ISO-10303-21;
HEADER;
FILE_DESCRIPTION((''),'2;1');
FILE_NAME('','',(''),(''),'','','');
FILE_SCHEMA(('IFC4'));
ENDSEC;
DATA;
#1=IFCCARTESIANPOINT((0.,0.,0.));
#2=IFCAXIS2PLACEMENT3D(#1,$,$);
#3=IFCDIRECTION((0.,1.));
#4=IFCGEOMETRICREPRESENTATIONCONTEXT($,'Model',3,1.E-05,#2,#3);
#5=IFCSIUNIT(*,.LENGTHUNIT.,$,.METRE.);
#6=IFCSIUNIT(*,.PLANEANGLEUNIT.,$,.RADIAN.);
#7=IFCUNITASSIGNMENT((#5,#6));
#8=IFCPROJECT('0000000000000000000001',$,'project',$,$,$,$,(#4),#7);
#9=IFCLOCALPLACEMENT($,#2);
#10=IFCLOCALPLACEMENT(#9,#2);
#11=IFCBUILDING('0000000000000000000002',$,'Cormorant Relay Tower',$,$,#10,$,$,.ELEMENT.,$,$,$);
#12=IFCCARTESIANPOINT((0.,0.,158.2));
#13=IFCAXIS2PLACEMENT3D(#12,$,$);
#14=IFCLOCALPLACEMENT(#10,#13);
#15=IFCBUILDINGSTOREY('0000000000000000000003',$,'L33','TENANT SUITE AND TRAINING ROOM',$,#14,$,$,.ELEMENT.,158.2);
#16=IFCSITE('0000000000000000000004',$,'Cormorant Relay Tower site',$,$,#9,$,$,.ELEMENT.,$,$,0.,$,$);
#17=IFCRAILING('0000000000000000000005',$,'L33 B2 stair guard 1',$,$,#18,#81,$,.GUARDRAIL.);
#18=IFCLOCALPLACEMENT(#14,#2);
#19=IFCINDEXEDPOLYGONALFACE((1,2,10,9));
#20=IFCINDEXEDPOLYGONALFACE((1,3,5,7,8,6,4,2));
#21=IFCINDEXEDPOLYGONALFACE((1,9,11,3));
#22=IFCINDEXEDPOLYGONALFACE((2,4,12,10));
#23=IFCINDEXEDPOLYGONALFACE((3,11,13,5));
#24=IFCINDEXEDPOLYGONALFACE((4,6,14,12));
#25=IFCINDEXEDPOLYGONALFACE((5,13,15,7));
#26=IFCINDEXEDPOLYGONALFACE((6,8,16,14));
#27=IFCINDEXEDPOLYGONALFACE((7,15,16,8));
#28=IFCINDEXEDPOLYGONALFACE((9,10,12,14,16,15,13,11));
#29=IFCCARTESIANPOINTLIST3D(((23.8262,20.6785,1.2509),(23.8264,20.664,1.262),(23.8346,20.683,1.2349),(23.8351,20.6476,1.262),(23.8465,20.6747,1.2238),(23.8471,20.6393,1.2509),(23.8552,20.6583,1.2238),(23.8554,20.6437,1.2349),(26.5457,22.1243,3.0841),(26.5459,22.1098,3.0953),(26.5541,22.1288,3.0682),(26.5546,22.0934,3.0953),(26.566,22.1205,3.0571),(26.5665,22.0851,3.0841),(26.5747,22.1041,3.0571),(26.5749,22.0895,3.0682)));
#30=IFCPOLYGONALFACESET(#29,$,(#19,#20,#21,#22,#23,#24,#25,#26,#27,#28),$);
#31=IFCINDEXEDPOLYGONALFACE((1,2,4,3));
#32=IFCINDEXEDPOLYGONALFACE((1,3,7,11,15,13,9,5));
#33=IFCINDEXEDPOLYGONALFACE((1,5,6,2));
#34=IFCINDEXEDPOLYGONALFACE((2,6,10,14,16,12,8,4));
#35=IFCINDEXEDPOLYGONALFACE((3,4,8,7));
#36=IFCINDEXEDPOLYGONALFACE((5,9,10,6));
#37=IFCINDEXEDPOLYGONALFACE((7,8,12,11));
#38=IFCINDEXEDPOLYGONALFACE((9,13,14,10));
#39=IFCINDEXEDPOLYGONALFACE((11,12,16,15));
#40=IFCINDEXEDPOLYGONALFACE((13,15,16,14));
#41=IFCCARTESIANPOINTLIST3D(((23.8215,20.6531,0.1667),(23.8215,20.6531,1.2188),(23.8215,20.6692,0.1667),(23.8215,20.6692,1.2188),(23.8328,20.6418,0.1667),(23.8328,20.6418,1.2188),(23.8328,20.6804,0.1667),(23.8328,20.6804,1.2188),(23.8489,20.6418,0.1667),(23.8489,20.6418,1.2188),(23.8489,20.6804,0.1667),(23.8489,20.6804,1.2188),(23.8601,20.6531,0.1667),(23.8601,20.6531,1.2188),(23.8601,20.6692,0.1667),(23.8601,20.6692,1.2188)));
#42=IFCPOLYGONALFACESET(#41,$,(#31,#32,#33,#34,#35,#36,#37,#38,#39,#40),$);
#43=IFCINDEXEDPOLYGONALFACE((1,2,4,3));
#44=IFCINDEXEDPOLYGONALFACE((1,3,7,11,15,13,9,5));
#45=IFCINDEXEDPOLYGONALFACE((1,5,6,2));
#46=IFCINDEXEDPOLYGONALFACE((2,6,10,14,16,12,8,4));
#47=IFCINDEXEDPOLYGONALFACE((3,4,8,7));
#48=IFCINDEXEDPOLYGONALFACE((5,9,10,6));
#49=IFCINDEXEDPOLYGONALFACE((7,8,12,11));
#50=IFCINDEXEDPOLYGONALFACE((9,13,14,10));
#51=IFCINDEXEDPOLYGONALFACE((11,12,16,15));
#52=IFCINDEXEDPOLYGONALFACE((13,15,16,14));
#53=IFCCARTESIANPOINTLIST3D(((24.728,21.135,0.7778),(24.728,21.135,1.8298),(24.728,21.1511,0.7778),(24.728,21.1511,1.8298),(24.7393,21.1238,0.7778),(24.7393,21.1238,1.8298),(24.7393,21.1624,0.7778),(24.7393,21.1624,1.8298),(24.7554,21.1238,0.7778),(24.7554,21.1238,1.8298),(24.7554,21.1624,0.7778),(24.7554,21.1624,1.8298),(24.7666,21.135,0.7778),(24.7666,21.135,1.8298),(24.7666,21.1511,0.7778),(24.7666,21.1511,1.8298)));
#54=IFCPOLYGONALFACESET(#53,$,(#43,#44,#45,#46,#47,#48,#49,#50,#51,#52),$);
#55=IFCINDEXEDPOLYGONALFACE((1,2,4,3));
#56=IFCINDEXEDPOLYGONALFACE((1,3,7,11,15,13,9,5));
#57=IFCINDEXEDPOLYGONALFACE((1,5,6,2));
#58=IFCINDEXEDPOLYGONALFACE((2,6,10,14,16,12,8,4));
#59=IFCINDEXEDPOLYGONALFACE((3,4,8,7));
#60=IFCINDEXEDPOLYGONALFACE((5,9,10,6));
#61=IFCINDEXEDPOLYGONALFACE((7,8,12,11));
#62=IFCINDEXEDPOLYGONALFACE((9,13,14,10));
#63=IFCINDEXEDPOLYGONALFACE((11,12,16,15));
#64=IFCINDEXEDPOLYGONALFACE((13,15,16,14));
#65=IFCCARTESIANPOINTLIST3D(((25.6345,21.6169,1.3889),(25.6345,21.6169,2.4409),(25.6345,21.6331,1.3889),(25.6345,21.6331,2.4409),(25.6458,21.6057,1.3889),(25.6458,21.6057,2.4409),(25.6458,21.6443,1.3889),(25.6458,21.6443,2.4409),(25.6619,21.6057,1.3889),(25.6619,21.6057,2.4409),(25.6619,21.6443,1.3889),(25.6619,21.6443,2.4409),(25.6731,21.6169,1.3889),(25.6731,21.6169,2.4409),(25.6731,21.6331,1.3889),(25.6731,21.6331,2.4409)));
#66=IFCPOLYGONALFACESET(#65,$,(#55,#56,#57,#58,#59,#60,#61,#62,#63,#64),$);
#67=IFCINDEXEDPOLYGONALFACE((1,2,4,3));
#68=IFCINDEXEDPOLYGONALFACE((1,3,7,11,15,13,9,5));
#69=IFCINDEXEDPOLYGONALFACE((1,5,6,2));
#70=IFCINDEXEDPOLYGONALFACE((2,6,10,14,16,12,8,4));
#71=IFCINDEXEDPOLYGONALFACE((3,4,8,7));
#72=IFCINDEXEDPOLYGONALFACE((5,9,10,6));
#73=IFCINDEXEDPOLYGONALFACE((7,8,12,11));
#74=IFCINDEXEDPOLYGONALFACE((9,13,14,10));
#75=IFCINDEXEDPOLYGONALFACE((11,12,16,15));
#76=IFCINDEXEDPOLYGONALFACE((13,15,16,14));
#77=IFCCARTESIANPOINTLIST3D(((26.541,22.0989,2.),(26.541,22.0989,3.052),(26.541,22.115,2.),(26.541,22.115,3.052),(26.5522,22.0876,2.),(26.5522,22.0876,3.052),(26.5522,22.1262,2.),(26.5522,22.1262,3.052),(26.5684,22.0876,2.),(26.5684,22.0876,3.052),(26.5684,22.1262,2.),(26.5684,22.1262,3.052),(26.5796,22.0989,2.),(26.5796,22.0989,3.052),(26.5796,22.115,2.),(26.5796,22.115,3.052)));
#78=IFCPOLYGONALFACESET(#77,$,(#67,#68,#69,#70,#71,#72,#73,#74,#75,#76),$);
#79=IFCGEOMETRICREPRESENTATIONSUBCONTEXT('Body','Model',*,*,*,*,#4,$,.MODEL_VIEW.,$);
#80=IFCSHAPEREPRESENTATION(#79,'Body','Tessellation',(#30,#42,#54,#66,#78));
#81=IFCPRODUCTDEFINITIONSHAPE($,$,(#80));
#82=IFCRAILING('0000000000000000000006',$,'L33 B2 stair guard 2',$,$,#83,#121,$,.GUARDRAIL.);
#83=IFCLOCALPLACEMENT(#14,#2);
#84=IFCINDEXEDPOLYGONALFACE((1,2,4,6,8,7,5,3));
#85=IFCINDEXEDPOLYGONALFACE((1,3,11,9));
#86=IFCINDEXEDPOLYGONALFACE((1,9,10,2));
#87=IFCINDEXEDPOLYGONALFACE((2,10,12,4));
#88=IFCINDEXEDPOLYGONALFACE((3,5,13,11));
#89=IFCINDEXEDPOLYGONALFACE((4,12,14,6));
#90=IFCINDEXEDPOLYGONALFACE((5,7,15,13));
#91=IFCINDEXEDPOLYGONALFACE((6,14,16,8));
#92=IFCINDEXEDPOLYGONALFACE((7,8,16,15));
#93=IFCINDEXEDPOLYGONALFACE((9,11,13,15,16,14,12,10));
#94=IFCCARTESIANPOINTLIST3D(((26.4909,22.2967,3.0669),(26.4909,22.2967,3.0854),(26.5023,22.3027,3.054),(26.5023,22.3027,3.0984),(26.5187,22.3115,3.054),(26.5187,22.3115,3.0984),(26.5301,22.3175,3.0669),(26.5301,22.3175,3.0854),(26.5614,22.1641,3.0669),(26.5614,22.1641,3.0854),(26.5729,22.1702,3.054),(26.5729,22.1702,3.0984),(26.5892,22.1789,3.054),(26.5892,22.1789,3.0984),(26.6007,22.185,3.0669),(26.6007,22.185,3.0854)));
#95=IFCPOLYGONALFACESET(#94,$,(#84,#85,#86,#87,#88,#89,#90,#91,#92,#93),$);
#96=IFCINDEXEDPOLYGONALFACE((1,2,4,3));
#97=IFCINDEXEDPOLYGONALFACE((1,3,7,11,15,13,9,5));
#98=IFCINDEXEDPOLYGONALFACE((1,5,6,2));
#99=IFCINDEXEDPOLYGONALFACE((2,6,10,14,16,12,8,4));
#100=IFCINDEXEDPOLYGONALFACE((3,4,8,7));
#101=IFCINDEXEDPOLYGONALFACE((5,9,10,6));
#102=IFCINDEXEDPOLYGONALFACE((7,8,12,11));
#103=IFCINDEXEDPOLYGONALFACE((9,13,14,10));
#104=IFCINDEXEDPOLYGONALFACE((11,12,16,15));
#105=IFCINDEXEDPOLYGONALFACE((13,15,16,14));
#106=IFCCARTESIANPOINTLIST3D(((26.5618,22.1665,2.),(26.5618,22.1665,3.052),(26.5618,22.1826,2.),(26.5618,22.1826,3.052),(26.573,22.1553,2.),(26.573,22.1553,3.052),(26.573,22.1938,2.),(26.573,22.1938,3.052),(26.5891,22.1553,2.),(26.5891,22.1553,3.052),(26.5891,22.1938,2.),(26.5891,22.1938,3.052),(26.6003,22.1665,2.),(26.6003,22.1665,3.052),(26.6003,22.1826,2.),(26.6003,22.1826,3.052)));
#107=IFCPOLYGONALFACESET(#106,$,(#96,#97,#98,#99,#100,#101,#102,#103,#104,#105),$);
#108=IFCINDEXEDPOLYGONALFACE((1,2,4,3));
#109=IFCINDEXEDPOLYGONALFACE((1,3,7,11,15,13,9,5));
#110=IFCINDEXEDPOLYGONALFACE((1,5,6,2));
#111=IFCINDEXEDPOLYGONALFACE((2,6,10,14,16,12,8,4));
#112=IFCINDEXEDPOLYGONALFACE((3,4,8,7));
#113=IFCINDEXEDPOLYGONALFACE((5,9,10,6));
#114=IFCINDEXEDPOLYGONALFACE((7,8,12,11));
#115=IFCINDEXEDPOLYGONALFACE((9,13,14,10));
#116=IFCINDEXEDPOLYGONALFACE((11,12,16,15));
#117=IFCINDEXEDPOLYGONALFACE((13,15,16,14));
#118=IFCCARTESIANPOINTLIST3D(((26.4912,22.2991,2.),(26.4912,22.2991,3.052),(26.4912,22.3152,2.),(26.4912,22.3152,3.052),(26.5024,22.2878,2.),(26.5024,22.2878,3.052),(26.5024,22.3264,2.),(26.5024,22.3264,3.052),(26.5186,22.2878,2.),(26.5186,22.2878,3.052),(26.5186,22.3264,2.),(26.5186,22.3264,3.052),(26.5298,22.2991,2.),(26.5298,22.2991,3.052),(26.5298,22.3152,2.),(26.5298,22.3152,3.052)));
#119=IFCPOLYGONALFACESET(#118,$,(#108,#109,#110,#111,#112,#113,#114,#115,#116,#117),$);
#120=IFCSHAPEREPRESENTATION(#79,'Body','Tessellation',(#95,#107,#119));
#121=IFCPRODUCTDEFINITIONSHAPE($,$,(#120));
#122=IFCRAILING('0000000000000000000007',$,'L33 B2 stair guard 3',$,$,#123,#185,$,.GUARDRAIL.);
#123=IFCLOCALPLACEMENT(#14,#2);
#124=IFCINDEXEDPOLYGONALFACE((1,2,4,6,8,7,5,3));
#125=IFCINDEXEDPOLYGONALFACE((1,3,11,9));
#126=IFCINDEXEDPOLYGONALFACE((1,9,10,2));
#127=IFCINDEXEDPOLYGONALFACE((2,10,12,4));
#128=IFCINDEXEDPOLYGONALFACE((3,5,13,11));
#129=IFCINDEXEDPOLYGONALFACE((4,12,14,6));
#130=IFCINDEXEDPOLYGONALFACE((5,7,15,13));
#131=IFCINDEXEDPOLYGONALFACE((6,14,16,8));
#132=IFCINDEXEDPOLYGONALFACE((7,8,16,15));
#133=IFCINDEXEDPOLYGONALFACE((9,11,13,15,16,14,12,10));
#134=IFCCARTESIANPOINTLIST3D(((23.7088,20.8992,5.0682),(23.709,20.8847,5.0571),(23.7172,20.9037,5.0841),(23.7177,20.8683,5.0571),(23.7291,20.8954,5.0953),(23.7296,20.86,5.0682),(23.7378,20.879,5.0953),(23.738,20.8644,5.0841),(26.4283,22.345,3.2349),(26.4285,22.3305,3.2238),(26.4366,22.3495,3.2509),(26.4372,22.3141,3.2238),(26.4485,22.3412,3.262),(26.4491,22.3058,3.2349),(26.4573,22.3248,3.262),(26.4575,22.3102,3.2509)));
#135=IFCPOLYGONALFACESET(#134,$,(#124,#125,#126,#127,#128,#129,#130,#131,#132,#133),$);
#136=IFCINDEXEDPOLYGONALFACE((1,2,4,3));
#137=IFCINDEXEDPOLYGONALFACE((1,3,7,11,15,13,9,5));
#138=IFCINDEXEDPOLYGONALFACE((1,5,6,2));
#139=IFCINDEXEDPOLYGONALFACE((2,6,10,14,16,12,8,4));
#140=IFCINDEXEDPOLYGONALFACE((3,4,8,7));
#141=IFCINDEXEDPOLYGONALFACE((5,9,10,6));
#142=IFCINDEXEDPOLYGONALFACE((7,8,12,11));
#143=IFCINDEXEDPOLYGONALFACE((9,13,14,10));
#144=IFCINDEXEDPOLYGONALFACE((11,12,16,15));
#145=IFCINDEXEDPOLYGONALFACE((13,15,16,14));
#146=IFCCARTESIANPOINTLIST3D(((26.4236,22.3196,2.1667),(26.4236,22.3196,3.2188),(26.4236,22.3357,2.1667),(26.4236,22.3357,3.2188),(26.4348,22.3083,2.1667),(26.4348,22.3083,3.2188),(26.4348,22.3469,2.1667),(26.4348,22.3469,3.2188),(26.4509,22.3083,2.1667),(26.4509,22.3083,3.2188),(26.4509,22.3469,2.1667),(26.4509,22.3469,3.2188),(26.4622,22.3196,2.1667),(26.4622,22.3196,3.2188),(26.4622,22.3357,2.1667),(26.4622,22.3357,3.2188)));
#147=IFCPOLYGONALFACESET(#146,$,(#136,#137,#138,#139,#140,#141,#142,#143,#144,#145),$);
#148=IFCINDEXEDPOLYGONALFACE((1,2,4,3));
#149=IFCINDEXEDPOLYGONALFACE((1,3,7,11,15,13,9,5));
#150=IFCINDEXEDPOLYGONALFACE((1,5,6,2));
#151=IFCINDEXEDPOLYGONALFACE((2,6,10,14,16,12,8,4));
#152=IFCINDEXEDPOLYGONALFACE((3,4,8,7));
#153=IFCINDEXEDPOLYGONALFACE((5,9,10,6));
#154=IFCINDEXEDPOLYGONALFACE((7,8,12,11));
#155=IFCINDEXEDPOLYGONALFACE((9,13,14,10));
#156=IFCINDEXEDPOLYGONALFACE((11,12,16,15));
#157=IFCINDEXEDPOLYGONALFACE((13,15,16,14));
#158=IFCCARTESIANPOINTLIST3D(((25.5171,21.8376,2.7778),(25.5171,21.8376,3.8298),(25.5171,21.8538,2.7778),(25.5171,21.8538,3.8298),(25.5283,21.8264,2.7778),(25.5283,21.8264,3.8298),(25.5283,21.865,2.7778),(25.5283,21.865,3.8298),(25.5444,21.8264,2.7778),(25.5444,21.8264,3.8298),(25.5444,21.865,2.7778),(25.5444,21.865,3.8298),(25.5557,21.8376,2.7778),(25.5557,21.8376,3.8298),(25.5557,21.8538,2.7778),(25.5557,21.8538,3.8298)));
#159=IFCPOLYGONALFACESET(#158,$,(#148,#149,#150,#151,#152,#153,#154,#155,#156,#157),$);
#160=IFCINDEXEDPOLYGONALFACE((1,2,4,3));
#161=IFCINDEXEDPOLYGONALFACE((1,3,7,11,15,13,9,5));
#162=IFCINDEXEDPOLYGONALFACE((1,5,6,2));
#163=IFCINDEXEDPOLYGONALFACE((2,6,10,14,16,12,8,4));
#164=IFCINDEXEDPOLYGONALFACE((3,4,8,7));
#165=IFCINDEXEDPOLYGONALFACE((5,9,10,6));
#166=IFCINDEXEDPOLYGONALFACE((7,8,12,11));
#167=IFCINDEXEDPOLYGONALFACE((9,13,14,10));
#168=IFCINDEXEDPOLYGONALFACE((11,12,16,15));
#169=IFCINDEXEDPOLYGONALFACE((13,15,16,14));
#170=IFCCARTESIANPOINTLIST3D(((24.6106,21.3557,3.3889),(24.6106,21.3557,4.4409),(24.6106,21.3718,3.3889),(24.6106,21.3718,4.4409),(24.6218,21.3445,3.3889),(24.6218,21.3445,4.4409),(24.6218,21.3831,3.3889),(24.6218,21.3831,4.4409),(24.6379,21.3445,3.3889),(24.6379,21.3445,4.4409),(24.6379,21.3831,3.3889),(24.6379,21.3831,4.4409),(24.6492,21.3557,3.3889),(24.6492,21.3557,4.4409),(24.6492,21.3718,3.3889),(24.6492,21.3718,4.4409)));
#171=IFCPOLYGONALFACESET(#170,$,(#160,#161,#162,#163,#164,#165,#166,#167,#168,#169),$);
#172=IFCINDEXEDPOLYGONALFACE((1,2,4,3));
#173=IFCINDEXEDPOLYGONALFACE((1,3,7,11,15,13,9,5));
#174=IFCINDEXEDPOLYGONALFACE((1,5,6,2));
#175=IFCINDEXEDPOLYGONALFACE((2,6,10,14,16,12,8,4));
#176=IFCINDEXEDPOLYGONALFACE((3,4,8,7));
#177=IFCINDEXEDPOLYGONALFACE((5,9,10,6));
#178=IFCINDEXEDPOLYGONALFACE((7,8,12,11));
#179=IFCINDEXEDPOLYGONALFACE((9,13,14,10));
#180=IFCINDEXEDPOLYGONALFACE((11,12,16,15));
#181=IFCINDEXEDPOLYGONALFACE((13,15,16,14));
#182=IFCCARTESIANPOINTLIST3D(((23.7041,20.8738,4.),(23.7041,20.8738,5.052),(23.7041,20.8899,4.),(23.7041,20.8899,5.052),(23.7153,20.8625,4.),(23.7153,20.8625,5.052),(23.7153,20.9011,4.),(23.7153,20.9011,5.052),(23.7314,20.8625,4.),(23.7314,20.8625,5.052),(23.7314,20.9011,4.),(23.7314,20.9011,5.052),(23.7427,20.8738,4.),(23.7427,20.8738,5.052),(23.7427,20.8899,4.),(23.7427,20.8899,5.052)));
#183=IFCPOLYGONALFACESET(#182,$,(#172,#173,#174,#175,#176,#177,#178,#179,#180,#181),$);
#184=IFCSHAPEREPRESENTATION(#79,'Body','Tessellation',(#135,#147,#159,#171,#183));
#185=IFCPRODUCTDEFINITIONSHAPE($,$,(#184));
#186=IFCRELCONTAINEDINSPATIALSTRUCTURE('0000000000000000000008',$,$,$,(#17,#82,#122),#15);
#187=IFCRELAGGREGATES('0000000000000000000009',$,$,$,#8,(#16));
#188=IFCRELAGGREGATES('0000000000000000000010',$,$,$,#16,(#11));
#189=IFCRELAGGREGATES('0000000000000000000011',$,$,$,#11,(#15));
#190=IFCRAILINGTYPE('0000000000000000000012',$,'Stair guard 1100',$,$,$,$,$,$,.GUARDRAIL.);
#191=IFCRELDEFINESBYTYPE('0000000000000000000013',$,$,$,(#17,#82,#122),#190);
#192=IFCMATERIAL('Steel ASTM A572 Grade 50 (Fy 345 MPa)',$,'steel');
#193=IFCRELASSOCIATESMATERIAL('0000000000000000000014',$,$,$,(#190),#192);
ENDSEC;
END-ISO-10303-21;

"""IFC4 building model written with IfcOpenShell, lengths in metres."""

from ifc_helpers import new_model, si_unit, direction, frame, origin, place, context, subcontext, project, spatial, polyline, outline, extrude, material, type_object, element, save


model = new_model("IFC4")

# Units and contexts
model_context = context("Model", 3, precision=1e-05, world=origin(), true_north=direction((0.0, 1.0)))
body_context = subcontext(model_context, "Body", "Model", "MODEL_VIEW")
ifc_project = project(units=[si_unit("LENGTHUNIT", "METRE"), si_unit("PLANEANGLEUNIT", "RADIAN")], contexts=[model_context])

# Site, building, storey
site_placement = place(None, origin())
site = spatial("IfcSite", under=ifc_project, at=site_placement, Name="Cormorant Relay Tower site", CompositionType="ELEMENT", RefElevation=0.0)
building_placement = place(site_placement, origin())
building = spatial("IfcBuilding", under=site, at=building_placement, Name="Cormorant Relay Tower", CompositionType="ELEMENT")
storey_placement = place(building_placement, frame((0.0, 0.0, 158.2)))
storey = spatial("IfcBuildingStorey", under=building, at=storey_placement, Name="L33", Description="TENANT SUITE AND TRAINING ROOM", CompositionType="ELEMENT", Elevation=158.2)

# Railings
ifc_material_1 = material(Name="Steel ASTM A572 Grade 50 (Fy 345 MPa)", Category="steel")
railing_type_1 = type_object("IfcRailingType", Name="Stair guard 1100", PredefinedType="GUARDRAIL", material=ifc_material_1)
railing_1_placement = place(storey_placement, frame((23.8408, 20.6611, 0.1667)))
element("IfcRailing", 1, at=railing_1_placement, inside=storey, type_object=railing_type_1, Name="L33 B2 stair guard 1", PredefinedType="GUARDRAIL", context=body_context, shape_type="SweptSolid", body=[
    extrude(outline(polyline([(0.0222, 0.0093), (0.0093, 0.0222), (-0.0093, 0.0222), (-0.0222, 0.0093), (-0.0222, -0.0093), (-0.0093, -0.0222), (0.0093, -0.0222), (0.0222, -0.0093), (0.0222, 0.0093)])), frame((0.0, 0.0, 1.0762), z_axis=(0.758735, 0.403378, 0.511477), x_axis=(-0.469428, 0.882971, 0.0)), (0.0, 0.0, 1.0), 3.5842),
    extrude(outline(polyline([(0.0193, 0.0081), (0.0081, 0.0193), (-0.0081, 0.0193), (-0.0193, 0.0081), (-0.0193, -0.0081), (-0.0081, -0.0193), (0.0081, -0.0193), (0.0193, -0.0081), (0.0193, 0.0081)])), origin(), (0.0, 0.0, 1.0), 1.052),
    extrude(outline(polyline([(0.0193, 0.0081), (0.0081, 0.0193), (-0.0081, 0.0193), (-0.0193, 0.0081), (-0.0193, -0.0081), (-0.0081, -0.0193), (0.0081, -0.0193), (0.0193, -0.0081), (0.0193, 0.0081)])), frame((0.9065, 0.4819, 0.6111)), (0.0, 0.0, 1.0), 1.052),
    extrude(outline(polyline([(0.0193, 0.0081), (0.0081, 0.0193), (-0.0081, 0.0193), (-0.0193, 0.0081), (-0.0193, -0.0081), (-0.0081, -0.0193), (0.0081, -0.0193), (0.0193, -0.0081), (0.0193, 0.0081)])), frame((1.813, 0.9639, 1.2222)), (0.0, 0.0, 1.0), 1.052),
    extrude(outline(polyline([(0.0193, 0.0081), (0.0081, 0.0193), (-0.0081, 0.0193), (-0.0193, 0.0081), (-0.0193, -0.0081), (-0.0081, -0.0193), (0.0081, -0.0193), (0.0193, -0.0081), (0.0193, 0.0081)])), frame((2.7195, 1.4458, 1.8333)), (0.0, 0.0, 1.0), 1.052),
])
railing_2_placement = place(storey_placement, frame((26.5811, 22.1746, 2.0)))
element("IfcRailing", 2, at=railing_2_placement, inside=storey, type_object=railing_type_1, Name="L33 B2 stair guard 2", PredefinedType="GUARDRAIL", context=body_context, shape_type="SweptSolid", body=[
    extrude(outline(polyline([(0.0222, 0.0093), (0.0093, 0.0222), (-0.0093, 0.0222), (-0.0222, 0.0093), (-0.0222, -0.0093), (-0.0093, -0.0222), (0.0093, -0.0222), (0.0222, -0.0093), (0.0222, 0.0093)])), frame((0.0, 0.0, 1.0762), z_axis=(-0.469829, 0.882758, 0.0), x_axis=(-0.882758, -0.469829, 0.0)), (0.0, 0.0, 1.0), 0.1501),
    extrude(outline(polyline([(0.0193, 0.0081), (0.0081, 0.0193), (-0.0081, 0.0193), (-0.0193, 0.0081), (-0.0193, -0.0081), (-0.0081, -0.0193), (0.0081, -0.0193), (0.0193, -0.0081), (0.0193, 0.0081)])), origin(), (0.0, 0.0, 1.0), 1.052),
    extrude(outline(polyline([(0.0193, 0.0081), (0.0081, 0.0193), (-0.0081, 0.0193), (-0.0193, 0.0081), (-0.0193, -0.0081), (-0.0081, -0.0193), (0.0081, -0.0193), (0.0193, -0.0081), (0.0193, 0.0081)])), frame((-0.0706, 0.1326, 0.0)), (0.0, 0.0, 1.0), 1.052),
])
railing_3_placement = place(storey_placement, frame((26.4429, 22.3276, 2.1667)))
element("IfcRailing", 3, at=railing_3_placement, inside=storey, type_object=railing_type_1, Name="L33 B2 stair guard 3", PredefinedType="GUARDRAIL", context=body_context, shape_type="SweptSolid", body=[
    extrude(outline(polyline([(0.0222, 0.0093), (0.0093, 0.0222), (-0.0093, 0.0222), (-0.0222, 0.0093), (-0.0222, -0.0093), (-0.0093, -0.0222), (0.0093, -0.0222), (0.0222, -0.0093), (0.0222, 0.0093)])), frame((0.0, 0.0, 1.0762), z_axis=(-0.758735, -0.403378, 0.511477), x_axis=(0.469428, -0.882971, 0.0)), (0.0, 0.0, 1.0), 3.5842),
    extrude(outline(polyline([(0.0193, 0.0081), (0.0081, 0.0193), (-0.0081, 0.0193), (-0.0193, 0.0081), (-0.0193, -0.0081), (-0.0081, -0.0193), (0.0081, -0.0193), (0.0193, -0.0081), (0.0193, 0.0081)])), origin(), (0.0, 0.0, 1.0), 1.052),
    extrude(outline(polyline([(0.0193, 0.0081), (0.0081, 0.0193), (-0.0081, 0.0193), (-0.0193, 0.0081), (-0.0193, -0.0081), (-0.0081, -0.0193), (0.0081, -0.0193), (0.0193, -0.0081), (0.0193, 0.0081)])), frame((-0.9065, -0.4819, 0.6111)), (0.0, 0.0, 1.0), 1.052),
    extrude(outline(polyline([(0.0193, 0.0081), (0.0081, 0.0193), (-0.0081, 0.0193), (-0.0193, 0.0081), (-0.0193, -0.0081), (-0.0081, -0.0193), (0.0081, -0.0193), (0.0193, -0.0081), (0.0193, 0.0081)])), frame((-1.813, -0.9639, 1.2222)), (0.0, 0.0, 1.0), 1.052),
    extrude(outline(polyline([(0.0193, 0.0081), (0.0081, 0.0193), (-0.0081, 0.0193), (-0.0193, 0.0081), (-0.0193, -0.0081), (-0.0081, -0.0193), (0.0081, -0.0193), (0.0193, -0.0081), (0.0193, 0.0081)])), frame((-2.7195, -1.4458, 1.8333)), (0.0, 0.0, 1.0), 1.052),
])

save(model, "model.ifc")
